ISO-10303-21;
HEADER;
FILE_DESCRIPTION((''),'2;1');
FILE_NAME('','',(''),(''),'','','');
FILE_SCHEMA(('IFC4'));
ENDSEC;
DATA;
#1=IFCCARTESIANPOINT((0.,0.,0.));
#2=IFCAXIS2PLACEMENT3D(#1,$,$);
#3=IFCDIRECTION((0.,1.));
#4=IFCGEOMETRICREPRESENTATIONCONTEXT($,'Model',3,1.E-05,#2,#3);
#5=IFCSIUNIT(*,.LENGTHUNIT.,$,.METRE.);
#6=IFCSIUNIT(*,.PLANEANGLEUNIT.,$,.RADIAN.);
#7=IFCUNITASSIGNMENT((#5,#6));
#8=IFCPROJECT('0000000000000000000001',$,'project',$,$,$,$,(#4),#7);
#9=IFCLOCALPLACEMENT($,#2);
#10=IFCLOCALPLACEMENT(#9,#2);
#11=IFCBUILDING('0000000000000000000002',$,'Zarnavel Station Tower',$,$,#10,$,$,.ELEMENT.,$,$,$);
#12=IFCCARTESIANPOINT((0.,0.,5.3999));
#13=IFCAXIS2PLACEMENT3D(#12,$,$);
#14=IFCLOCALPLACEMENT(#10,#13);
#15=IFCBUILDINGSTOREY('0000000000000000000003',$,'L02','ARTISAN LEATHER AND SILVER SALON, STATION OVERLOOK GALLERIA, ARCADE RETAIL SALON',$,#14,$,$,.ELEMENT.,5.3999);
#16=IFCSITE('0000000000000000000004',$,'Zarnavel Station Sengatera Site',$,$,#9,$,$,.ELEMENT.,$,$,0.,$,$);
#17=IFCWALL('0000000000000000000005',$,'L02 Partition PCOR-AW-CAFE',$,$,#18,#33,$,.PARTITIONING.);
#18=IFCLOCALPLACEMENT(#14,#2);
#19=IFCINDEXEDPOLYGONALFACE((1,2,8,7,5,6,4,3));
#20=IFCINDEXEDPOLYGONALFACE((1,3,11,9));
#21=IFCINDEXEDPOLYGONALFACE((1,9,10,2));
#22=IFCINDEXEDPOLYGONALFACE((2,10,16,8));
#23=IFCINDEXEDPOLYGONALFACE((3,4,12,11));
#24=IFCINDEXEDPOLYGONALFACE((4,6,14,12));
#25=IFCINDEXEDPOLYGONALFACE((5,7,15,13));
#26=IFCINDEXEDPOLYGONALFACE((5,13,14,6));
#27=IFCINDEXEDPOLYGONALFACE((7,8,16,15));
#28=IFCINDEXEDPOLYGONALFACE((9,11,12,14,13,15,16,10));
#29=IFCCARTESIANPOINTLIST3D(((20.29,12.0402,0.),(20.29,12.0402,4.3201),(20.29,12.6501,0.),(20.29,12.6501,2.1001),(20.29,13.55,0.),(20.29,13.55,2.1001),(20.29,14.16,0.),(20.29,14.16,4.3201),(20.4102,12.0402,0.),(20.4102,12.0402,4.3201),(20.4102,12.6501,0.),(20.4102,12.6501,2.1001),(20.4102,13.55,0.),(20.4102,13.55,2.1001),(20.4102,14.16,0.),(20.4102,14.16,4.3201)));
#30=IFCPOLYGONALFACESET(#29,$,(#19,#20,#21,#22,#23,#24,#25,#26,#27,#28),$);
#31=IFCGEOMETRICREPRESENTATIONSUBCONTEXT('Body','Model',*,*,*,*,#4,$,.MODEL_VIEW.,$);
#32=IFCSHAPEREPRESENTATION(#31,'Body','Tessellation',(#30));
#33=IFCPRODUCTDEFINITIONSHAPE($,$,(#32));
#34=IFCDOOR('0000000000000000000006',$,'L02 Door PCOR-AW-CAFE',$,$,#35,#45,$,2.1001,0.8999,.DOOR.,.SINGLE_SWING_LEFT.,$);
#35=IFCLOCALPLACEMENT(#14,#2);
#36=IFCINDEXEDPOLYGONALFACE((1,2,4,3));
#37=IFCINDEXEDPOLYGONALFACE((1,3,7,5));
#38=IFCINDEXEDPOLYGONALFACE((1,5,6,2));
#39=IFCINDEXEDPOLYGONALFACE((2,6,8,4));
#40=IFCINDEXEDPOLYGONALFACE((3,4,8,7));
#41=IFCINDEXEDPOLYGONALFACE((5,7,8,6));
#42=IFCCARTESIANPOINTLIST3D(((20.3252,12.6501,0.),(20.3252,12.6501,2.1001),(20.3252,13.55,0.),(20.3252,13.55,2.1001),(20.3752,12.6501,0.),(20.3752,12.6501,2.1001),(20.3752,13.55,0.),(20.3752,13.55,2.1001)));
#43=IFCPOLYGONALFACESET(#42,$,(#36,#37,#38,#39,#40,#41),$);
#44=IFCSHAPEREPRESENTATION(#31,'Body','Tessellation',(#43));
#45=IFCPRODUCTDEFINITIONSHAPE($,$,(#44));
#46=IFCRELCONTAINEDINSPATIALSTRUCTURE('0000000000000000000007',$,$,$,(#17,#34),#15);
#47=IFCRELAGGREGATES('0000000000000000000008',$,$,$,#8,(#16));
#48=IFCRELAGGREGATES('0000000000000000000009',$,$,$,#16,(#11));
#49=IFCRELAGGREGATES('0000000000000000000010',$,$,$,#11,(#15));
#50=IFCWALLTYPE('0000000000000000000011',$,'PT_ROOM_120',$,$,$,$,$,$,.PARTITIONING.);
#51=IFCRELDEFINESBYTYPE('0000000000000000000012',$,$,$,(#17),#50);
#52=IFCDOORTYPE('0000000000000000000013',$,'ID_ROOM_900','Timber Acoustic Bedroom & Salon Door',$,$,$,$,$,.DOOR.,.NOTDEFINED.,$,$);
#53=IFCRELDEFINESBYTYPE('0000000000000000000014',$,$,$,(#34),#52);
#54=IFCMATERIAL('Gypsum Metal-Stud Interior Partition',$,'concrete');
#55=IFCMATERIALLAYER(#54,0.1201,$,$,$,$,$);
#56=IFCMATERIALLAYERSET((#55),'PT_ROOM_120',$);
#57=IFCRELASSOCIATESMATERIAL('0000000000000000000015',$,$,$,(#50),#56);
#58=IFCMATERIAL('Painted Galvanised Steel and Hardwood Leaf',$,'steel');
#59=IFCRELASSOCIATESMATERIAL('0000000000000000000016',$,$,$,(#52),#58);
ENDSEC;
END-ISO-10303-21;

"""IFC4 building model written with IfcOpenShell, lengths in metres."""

from ifc_helpers import new_model, si_unit, direction, frame, frame_2d, origin, place, context, subcontext, project, spatial, rectangle, extrude, material, layer, layer_set, type_object, element, fill, save


model = new_model("IFC4")

# Units and contexts
model_context = context("Model", 3, precision=1e-05, world=origin(), true_north=direction((0.0, 1.0)))
body_context = subcontext(model_context, "Body", "Model", "MODEL_VIEW")
ifc_project = project(units=[si_unit("LENGTHUNIT", "METRE"), si_unit("PLANEANGLEUNIT", "RADIAN")], contexts=[model_context])

# Site, building, storey
site_placement = place(None, origin())
site = spatial("IfcSite", under=ifc_project, at=site_placement, Name="Zarnavel Station Sengatera Site", CompositionType="ELEMENT", RefElevation=0.0)
building_placement = place(site_placement, origin())
building = spatial("IfcBuilding", under=site, at=building_placement, Name="Zarnavel Station Tower", CompositionType="ELEMENT")
storey_placement = place(building_placement, frame((0.0, 0.0, 5.3999)))
storey = spatial("IfcBuildingStorey", under=building, at=storey_placement, Name="L02", Description="ARTISAN LEATHER AND SILVER SALON, STATION OVERLOOK GALLERIA, ARCADE RETAIL SALON", CompositionType="ELEMENT", Elevation=5.3999)

# Wall, opening, door
ifc_material_1 = material(Name="Gypsum Metal-Stud Interior Partition", Category="concrete")
ifc_layer_1 = layer(ifc_material_1, 0.1201)
ifc_layer_set_1 = layer_set([ifc_layer_1], Name="PT_ROOM_120")
wall_type_1 = type_object("IfcWallType", Name="PT_ROOM_120", PredefinedType="PARTITIONING", material=ifc_layer_set_1)
ifc_material_2 = material(Name="Painted Galvanised Steel and Hardwood Leaf", Category="steel")
door_type = type_object("IfcDoorType", Name="ID_ROOM_900", Description="Timber Acoustic Bedroom & Salon Door", OperationType="NOTDEFINED", PredefinedType="DOOR", material=ifc_material_2)
wall_1_placement = place(storey_placement, frame((20.3501, 12.04, 0.0), z_axis=(0.0, 0.0, 1.0), x_axis=(0.0, 1.0, 0.0)))
wall_1 = element("IfcWall", 1, at=wall_1_placement, inside=storey, type_object=wall_type_1, Name="L02 Partition PCOR-AW-CAFE", PredefinedType="PARTITIONING", context=body_context, shape_type="SweptSolid", body=[
    extrude(rectangle(XDim=2.1199, YDim=0.1201, at=frame_2d((1.0601, 0.0))), origin(), (0.0, 0.0, 1.0), 4.3201),
])
opening_1_placement = place(wall_1_placement, frame((0.6101, 0.0, 0.0)))
opening_1 = element("IfcOpeningElement", 2, at=opening_1_placement, cuts=wall_1, PredefinedType="OPENING", context=body_context, shape_type="SweptSolid", body=[
    extrude(rectangle(XDim=0.8999, YDim=2.1001, at=frame_2d((0.45, 1.05))), frame((0.0, 0.0701, 0.0), z_axis=(0.0, -1.0, 0.0), x_axis=(1.0, 0.0, 0.0)), (0.0, 0.0, 1.0), 0.1401),
])
door_1_placement = place(opening_1_placement, origin())
door_1 = element("IfcDoor", 3, at=door_1_placement, inside=storey, type_object=door_type, Name="L02 Door PCOR-AW-CAFE", OperationType="SINGLE_SWING_LEFT", OverallHeight=2.1001, OverallWidth=0.8999, PredefinedType="DOOR", context=body_context, shape_type="SweptSolid", body=[
    extrude(rectangle(XDim=0.8999, YDim=2.1001, at=frame_2d((0.45, 1.05))), frame((0.0, 0.0249, 0.0), z_axis=(0.0, -1.0, 0.0), x_axis=(1.0, 0.0, 0.0)), (0.0, 0.0, 1.0), 0.05),
])
fill(opening_1, door_1)

save(model, "model.ifc")
